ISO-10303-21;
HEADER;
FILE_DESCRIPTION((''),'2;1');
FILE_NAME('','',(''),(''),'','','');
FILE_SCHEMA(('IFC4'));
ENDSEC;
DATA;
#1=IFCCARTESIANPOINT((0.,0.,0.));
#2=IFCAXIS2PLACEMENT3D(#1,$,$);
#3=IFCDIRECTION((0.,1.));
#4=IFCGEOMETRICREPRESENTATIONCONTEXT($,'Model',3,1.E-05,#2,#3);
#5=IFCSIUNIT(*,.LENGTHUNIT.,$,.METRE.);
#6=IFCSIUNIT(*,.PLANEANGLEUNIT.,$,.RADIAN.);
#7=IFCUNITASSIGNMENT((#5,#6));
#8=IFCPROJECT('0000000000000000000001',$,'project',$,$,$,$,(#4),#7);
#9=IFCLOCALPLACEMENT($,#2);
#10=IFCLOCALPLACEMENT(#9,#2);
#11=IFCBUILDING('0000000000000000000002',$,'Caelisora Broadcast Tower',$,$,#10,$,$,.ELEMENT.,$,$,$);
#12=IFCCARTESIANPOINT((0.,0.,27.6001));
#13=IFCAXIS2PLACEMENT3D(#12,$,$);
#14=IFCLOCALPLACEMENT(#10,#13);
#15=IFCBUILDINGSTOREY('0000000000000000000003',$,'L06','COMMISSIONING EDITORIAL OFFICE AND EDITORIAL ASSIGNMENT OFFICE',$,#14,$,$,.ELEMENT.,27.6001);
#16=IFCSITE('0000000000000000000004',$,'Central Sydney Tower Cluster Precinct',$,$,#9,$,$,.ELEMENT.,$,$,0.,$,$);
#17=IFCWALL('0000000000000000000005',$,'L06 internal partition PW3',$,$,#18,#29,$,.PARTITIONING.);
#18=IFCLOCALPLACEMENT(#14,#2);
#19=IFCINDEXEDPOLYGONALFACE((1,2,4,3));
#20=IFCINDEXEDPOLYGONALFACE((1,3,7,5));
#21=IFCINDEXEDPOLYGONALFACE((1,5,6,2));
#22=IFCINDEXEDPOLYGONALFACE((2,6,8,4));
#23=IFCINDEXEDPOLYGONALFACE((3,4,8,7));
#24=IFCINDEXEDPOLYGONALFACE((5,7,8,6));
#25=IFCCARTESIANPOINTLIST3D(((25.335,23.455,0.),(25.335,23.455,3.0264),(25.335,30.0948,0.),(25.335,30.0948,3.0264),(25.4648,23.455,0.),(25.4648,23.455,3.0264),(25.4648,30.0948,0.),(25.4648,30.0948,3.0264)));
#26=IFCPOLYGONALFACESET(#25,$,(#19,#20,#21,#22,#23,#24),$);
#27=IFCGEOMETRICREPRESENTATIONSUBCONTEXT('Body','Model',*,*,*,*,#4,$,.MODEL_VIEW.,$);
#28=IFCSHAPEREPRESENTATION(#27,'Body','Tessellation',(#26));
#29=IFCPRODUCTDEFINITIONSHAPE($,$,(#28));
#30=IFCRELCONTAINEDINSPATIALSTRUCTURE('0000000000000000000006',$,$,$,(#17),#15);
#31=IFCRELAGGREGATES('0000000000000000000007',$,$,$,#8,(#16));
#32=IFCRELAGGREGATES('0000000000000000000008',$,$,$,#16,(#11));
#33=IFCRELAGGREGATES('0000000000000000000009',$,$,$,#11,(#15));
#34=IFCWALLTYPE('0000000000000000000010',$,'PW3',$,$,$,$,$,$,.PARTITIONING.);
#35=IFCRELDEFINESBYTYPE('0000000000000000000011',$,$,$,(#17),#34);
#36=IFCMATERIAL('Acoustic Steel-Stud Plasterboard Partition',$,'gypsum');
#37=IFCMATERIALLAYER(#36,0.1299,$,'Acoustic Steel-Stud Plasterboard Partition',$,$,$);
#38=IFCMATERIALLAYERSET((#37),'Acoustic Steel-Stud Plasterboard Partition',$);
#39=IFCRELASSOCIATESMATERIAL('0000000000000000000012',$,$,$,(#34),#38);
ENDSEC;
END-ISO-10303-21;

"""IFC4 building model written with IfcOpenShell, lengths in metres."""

from ifc_helpers import new_model, si_unit, direction, frame, frame_2d, origin, place, context, subcontext, project, spatial, rectangle, extrude, material, layer, layer_set, type_object, element, save


model = new_model("IFC4")

# Units and contexts
model_context = context("Model", 3, precision=1e-05, world=origin(), true_north=direction((0.0, 1.0)))
body_context = subcontext(model_context, "Body", "Model", "MODEL_VIEW")
ifc_project = project(units=[si_unit("LENGTHUNIT", "METRE"), si_unit("PLANEANGLEUNIT", "RADIAN")], contexts=[model_context])

# Site, building, storey
site_placement = place(None, origin())
site = spatial("IfcSite", under=ifc_project, at=site_placement, Name="Central Sydney Tower Cluster Precinct", CompositionType="ELEMENT", RefElevation=0.0)
building_placement = place(site_placement, origin())
building = spatial("IfcBuilding", under=site, at=building_placement, Name="Caelisora Broadcast Tower", CompositionType="ELEMENT")
storey_placement = place(building_placement, frame((0.0, 0.0, 27.6001)))
storey = spatial("IfcBuildingStorey", under=building, at=storey_placement, Name="L06", Description="COMMISSIONING EDITORIAL OFFICE AND EDITORIAL ASSIGNMENT OFFICE", CompositionType="ELEMENT", Elevation=27.6001)

# Wall
ifc_material_1 = material(Name="Acoustic Steel-Stud Plasterboard Partition", Category="gypsum")
ifc_layer_1 = layer(ifc_material_1, 0.1299, Name="Acoustic Steel-Stud Plasterboard Partition")
ifc_layer_set_1 = layer_set([ifc_layer_1], Name="Acoustic Steel-Stud Plasterboard Partition")
wall_type_1 = type_object("IfcWallType", Name="PW3", PredefinedType="PARTITIONING", material=ifc_layer_set_1)
wall_1_placement = place(storey_placement, frame((25.3999, 23.4551, 0.0), z_axis=(0.0, 0.0, 1.0), x_axis=(0.0, 1.0, 0.0)))
element("IfcWall", 1, at=wall_1_placement, inside=storey, type_object=wall_type_1, Name="L06 internal partition PW3", PredefinedType="PARTITIONING", context=body_context, shape_type="SweptSolid", body=[
    extrude(rectangle(XDim=6.6399, YDim=0.1299, at=frame_2d((3.3198, 0.0))), origin(), (0.0, 0.0, 1.0), 3.0264),
])

save(model, "model.ifc")
